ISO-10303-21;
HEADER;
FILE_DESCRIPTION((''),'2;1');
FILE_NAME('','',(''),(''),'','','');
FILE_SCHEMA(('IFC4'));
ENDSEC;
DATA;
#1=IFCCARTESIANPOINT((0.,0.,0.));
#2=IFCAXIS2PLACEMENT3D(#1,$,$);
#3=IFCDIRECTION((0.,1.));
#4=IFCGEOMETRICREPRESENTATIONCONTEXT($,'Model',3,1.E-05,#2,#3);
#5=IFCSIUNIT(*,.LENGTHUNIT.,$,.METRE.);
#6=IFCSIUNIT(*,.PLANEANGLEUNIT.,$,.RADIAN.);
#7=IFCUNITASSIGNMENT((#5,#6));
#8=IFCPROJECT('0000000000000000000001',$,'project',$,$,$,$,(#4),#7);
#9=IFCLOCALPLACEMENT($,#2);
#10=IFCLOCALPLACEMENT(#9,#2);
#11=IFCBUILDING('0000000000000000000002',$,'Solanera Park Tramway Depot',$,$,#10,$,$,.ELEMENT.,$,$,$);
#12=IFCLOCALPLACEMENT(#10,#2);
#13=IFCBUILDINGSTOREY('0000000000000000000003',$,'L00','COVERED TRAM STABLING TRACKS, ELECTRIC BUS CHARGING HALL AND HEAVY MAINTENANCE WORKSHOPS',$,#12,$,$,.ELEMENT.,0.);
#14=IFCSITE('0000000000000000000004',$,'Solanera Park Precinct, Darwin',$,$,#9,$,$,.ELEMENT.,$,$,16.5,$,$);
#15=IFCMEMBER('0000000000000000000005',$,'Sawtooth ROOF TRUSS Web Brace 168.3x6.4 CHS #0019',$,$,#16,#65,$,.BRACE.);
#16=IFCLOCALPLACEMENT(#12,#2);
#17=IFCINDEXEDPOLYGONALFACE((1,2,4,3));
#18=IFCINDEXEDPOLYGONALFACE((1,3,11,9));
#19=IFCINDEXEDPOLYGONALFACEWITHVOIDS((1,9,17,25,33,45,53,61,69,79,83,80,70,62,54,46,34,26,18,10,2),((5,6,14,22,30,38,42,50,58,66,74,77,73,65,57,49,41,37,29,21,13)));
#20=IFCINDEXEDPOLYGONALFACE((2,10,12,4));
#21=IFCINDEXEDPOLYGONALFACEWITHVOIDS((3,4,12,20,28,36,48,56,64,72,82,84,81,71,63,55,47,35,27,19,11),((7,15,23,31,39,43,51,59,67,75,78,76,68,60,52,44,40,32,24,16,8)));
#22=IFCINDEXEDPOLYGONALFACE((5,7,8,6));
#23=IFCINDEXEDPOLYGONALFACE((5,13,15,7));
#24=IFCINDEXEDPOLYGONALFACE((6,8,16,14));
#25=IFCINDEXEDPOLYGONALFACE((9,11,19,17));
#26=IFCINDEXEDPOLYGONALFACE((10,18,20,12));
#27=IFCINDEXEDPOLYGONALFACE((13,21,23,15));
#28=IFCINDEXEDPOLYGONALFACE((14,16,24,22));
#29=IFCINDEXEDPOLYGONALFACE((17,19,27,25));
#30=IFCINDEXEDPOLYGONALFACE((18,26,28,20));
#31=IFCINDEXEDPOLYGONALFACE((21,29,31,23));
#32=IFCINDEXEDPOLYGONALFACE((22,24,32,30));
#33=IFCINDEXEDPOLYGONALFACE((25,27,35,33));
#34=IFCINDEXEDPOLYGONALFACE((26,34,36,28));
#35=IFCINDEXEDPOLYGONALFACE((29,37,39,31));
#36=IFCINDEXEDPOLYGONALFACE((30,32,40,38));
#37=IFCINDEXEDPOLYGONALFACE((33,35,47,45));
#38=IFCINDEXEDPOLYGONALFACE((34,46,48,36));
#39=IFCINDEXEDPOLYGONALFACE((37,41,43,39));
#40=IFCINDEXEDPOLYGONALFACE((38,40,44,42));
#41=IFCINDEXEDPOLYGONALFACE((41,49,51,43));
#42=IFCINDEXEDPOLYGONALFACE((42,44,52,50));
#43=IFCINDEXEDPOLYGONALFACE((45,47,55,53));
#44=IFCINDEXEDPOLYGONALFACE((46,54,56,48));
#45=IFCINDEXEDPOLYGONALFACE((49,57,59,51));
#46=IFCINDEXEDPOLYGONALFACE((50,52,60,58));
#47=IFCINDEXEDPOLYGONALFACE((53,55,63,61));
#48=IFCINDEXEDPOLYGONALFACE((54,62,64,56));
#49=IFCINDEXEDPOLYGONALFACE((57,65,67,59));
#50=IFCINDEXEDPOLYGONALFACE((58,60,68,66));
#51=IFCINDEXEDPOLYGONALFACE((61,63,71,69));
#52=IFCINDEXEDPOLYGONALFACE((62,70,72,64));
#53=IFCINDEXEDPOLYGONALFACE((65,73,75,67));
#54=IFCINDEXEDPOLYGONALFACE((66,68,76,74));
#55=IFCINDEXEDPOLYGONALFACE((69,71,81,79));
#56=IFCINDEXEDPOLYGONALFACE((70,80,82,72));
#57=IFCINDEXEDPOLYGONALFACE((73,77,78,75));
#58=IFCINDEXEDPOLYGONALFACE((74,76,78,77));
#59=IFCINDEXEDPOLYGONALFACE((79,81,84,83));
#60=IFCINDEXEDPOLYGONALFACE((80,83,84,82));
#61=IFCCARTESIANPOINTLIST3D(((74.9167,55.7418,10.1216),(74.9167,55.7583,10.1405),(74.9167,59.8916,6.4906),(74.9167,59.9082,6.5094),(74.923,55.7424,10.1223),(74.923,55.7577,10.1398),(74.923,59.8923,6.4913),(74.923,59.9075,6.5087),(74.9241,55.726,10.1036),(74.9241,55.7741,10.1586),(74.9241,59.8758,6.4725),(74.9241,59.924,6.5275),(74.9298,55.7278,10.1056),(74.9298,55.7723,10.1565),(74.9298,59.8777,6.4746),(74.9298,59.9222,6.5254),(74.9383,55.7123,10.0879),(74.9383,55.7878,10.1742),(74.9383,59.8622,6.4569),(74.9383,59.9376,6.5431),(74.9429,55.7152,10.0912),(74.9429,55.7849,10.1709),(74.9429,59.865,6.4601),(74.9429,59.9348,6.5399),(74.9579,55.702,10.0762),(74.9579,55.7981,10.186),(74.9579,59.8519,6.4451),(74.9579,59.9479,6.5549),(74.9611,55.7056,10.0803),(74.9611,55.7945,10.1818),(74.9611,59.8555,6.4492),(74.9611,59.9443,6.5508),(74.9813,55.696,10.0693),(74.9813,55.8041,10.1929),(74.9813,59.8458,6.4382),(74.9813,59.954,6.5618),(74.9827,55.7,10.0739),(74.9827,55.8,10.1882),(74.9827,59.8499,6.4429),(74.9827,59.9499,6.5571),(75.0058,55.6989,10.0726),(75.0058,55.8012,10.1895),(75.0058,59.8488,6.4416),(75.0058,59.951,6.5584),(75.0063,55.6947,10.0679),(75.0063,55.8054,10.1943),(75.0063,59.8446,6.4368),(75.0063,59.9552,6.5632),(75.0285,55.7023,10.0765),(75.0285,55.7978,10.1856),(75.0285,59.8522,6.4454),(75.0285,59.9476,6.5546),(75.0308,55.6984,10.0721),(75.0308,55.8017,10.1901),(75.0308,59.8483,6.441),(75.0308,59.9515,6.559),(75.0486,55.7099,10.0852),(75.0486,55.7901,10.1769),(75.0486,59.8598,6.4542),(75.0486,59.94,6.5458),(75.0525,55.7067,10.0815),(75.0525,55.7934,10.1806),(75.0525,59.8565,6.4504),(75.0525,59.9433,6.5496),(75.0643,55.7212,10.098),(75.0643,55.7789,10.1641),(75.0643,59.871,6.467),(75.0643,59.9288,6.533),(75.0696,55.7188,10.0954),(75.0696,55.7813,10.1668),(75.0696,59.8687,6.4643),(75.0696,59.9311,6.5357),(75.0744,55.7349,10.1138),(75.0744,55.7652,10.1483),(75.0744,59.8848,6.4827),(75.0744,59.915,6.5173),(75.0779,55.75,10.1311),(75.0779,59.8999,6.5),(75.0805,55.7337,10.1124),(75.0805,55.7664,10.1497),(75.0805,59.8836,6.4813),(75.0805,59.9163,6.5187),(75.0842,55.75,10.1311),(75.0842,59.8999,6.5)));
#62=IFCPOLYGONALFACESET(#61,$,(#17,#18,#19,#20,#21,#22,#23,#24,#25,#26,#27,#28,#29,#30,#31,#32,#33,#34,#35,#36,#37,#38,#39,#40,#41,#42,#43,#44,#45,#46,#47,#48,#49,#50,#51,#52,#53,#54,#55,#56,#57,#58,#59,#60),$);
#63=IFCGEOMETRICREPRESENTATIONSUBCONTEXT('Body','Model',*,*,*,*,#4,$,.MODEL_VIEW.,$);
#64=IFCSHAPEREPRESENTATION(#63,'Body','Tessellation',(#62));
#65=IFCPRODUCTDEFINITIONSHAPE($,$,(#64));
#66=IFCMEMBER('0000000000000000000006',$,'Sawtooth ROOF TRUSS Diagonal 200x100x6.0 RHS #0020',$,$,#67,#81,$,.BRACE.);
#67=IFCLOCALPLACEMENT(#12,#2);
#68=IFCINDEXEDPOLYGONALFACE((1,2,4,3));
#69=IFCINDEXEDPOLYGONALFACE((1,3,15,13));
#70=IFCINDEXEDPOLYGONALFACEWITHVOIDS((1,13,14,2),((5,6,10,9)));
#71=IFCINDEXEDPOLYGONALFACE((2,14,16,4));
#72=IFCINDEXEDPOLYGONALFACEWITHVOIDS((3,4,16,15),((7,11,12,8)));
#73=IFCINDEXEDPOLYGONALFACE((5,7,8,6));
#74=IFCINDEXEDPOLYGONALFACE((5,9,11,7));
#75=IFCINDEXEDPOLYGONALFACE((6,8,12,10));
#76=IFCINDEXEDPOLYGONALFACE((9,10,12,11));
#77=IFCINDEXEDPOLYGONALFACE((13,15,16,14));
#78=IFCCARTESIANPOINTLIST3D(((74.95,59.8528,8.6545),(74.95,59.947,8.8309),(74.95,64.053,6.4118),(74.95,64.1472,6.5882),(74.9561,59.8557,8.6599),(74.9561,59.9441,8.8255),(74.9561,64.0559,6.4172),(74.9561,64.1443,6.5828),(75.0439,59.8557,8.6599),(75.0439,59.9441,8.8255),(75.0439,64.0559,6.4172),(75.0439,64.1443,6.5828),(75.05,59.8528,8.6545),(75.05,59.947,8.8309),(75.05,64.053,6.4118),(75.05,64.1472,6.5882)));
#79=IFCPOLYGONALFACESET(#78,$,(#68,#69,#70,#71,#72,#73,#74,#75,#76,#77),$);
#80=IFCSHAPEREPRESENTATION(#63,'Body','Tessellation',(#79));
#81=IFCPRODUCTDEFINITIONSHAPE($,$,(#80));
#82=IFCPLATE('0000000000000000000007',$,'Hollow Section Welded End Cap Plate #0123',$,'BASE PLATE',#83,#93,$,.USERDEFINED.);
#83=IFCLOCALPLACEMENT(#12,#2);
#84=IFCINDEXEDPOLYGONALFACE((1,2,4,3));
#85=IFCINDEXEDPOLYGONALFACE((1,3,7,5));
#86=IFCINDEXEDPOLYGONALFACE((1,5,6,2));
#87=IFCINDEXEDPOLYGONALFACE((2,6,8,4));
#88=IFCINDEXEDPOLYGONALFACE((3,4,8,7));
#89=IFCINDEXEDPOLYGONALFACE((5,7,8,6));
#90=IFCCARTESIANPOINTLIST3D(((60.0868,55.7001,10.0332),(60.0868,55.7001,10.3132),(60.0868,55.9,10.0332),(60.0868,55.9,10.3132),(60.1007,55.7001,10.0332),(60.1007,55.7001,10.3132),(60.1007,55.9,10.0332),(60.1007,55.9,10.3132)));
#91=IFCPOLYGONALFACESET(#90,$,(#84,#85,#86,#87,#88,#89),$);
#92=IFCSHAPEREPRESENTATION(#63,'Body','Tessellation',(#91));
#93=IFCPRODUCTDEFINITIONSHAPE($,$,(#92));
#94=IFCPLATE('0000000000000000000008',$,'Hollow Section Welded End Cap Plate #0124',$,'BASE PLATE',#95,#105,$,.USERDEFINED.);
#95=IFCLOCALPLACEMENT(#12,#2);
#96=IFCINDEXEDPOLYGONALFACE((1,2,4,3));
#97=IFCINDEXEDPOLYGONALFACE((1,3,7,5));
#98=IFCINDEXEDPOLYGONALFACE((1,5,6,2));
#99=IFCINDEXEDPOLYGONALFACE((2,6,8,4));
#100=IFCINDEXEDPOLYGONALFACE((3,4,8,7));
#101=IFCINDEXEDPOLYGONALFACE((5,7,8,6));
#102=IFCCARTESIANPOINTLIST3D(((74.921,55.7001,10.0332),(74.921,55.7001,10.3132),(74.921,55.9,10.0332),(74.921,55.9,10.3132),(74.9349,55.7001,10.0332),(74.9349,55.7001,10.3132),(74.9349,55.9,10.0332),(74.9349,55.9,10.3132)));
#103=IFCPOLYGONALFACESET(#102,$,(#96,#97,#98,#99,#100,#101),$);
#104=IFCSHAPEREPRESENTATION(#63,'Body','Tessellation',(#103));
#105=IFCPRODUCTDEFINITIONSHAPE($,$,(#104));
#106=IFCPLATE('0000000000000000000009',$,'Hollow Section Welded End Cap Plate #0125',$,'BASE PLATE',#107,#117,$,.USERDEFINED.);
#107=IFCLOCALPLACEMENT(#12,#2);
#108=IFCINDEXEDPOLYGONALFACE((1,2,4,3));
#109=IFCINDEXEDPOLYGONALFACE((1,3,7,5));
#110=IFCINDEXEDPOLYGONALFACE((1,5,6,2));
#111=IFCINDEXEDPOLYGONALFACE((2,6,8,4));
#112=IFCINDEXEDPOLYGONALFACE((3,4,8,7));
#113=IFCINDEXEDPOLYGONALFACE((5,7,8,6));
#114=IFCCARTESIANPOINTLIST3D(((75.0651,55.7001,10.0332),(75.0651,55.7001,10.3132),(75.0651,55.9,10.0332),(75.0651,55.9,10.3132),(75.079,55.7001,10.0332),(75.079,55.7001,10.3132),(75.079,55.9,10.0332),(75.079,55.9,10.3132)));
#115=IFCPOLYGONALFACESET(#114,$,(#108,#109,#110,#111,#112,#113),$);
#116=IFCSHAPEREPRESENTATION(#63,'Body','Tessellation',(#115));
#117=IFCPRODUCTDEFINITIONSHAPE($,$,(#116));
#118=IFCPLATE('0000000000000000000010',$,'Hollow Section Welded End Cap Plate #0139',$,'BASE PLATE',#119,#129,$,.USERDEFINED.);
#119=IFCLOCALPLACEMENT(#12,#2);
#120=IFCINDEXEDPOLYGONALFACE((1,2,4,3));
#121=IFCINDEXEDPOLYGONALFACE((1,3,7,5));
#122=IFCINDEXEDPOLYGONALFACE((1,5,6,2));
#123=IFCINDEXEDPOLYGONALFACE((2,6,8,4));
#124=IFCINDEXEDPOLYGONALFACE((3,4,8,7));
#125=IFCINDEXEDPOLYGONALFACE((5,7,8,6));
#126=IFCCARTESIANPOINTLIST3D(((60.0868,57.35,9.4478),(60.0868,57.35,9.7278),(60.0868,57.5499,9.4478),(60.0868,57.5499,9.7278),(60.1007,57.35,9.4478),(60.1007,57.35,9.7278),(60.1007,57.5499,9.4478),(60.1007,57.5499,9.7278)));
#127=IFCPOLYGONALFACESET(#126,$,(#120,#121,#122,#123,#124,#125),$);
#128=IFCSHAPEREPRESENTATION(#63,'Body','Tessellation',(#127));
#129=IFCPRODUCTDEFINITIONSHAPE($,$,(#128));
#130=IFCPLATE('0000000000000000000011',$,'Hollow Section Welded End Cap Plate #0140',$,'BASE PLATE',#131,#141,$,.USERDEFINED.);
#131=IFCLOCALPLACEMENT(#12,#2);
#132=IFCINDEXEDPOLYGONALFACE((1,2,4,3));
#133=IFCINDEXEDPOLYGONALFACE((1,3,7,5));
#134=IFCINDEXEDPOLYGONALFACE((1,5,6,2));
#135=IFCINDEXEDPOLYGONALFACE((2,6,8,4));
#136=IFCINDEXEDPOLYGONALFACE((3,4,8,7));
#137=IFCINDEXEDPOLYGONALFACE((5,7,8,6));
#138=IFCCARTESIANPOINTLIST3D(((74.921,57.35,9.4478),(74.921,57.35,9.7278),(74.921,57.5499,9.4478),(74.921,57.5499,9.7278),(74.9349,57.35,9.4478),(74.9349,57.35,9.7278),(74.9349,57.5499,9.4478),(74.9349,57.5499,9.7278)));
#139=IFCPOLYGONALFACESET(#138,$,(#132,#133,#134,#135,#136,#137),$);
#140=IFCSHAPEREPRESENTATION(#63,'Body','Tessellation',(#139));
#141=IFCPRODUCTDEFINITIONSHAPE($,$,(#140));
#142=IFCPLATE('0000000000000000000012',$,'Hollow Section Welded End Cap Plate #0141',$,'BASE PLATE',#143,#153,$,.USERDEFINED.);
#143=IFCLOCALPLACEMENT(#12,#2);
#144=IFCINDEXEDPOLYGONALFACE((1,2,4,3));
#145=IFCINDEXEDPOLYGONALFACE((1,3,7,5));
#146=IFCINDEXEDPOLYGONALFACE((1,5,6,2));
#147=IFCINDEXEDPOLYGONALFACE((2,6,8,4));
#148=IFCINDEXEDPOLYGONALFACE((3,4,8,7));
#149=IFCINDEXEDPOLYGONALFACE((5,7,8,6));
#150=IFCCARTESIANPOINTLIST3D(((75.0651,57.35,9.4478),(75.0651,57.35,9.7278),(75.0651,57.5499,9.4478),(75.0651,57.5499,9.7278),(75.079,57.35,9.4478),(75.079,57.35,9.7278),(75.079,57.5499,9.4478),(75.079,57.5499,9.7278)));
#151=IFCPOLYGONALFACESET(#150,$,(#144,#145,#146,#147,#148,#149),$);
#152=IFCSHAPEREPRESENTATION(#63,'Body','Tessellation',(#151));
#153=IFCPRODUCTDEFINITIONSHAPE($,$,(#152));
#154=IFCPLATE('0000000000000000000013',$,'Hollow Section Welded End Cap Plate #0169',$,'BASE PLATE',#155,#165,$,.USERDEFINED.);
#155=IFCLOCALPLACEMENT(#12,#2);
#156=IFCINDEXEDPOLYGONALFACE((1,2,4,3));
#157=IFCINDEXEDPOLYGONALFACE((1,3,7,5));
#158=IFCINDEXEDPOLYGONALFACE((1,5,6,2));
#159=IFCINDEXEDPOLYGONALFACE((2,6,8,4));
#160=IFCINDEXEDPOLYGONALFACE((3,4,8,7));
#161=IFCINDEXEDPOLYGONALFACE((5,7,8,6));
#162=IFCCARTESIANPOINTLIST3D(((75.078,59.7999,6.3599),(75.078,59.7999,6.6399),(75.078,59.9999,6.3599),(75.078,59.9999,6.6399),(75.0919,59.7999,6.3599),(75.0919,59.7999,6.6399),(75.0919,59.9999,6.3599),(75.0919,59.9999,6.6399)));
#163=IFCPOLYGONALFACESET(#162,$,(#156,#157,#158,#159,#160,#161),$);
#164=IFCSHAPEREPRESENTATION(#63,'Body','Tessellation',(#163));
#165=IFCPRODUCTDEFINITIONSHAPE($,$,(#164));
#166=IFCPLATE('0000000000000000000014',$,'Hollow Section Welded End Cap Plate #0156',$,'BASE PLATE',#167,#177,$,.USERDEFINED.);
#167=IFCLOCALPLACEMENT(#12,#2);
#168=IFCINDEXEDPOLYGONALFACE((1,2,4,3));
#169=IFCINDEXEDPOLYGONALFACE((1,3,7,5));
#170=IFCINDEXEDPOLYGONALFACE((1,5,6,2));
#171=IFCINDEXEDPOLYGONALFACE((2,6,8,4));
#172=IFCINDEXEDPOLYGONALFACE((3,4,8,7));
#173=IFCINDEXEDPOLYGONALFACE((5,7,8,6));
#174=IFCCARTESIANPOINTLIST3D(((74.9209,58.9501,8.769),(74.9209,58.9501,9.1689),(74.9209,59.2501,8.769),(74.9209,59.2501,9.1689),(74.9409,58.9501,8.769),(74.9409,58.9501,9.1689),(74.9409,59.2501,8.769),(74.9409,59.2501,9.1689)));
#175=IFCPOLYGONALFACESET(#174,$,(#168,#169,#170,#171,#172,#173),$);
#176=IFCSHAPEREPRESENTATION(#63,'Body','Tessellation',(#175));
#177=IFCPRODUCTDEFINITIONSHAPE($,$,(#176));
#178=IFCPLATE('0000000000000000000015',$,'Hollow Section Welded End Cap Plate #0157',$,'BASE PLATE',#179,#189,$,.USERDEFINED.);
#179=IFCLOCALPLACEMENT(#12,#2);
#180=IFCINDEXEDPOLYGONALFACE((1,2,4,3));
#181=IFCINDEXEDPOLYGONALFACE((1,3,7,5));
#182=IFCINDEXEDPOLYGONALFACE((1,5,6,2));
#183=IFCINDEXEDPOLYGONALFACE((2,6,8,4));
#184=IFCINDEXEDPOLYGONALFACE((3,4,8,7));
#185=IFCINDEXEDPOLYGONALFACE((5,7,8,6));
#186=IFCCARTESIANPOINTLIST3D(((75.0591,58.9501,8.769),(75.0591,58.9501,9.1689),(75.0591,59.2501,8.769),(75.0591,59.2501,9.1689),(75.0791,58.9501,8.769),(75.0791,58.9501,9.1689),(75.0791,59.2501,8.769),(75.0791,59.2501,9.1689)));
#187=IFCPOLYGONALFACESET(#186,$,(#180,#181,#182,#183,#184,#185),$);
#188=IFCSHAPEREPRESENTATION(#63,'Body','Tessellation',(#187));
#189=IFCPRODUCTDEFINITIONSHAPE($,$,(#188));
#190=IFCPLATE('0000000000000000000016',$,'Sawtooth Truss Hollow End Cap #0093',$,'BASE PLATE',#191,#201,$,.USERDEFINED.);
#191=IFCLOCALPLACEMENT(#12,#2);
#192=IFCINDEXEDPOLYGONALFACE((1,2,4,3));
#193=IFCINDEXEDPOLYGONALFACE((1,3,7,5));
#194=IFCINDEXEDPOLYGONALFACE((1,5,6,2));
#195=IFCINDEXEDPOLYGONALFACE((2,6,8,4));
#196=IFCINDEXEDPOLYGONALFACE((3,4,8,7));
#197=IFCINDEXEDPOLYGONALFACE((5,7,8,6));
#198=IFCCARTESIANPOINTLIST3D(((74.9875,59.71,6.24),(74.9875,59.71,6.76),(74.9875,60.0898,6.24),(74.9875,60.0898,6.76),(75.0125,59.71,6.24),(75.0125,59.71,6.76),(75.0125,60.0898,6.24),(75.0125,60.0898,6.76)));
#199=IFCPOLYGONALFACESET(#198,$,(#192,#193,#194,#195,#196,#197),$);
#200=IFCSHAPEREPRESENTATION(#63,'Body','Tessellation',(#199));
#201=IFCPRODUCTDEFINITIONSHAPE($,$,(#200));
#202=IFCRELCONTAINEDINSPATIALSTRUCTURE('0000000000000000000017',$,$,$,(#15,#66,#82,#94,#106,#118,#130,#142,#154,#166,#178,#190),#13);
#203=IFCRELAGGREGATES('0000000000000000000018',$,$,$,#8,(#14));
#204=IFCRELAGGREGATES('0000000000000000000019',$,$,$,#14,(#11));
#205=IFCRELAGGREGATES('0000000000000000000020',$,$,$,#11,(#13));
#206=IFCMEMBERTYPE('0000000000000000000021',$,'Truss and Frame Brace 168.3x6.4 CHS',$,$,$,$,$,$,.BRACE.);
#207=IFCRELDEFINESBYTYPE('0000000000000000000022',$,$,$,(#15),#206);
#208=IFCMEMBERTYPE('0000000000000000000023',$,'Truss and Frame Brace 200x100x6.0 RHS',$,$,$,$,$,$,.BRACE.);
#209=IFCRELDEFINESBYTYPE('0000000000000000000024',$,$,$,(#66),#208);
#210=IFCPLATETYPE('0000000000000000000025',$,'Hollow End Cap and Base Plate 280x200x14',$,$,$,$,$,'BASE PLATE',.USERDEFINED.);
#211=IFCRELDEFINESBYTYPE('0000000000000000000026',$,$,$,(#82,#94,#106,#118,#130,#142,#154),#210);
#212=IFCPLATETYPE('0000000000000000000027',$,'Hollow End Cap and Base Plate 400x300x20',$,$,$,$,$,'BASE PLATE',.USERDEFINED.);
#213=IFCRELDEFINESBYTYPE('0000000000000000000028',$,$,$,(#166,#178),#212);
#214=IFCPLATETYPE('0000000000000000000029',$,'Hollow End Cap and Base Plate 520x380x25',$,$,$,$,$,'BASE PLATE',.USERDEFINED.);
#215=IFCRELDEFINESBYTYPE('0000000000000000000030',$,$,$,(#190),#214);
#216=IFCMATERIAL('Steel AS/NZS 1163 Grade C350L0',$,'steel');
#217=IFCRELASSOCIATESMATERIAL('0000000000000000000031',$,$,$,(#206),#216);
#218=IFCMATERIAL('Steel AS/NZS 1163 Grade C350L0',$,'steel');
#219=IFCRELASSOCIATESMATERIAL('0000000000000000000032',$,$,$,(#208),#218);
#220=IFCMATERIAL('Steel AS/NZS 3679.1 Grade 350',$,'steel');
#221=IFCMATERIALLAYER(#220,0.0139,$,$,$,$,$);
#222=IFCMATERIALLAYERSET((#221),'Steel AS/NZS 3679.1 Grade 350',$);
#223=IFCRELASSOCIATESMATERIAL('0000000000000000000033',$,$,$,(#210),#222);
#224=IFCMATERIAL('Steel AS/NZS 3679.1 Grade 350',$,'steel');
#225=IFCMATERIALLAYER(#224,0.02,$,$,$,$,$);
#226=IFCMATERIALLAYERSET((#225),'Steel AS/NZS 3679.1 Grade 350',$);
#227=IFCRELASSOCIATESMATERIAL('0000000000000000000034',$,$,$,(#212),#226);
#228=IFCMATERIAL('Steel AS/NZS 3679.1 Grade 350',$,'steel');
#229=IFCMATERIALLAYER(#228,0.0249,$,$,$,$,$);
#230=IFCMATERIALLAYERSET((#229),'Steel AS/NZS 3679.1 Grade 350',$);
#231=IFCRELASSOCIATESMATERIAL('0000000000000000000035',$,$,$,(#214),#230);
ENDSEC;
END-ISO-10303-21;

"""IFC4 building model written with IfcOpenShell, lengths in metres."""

from ifc_helpers import new_model, si_unit, direction, frame, origin, origin_2d, place, context, subcontext, project, spatial, rectangle, hollow_rectangle, hollow_circle, extrude, material, layer, layer_set, material_profile, profile_set, type_object, element, save


model = new_model("IFC4")

# Units and contexts
model_context = context("Model", 3, precision=1e-05, world=origin(), true_north=direction((0.0, 1.0)))
body_context = subcontext(model_context, "Body", "Model", "MODEL_VIEW")
ifc_project = project(units=[si_unit("LENGTHUNIT", "METRE"), si_unit("PLANEANGLEUNIT", "RADIAN")], contexts=[model_context])

# Site, building, storey
site_placement = place(None, origin())
site = spatial("IfcSite", under=ifc_project, at=site_placement, Name="Solanera Park Precinct, Darwin", CompositionType="ELEMENT", RefElevation=16.5)
building_placement = place(site_placement, origin())
building = spatial("IfcBuilding", under=site, at=building_placement, Name="Solanera Park Tramway Depot", CompositionType="ELEMENT")
storey_placement = place(building_placement, origin())
storey = spatial("IfcBuildingStorey", under=building, at=storey_placement, Name="L00", Description="COVERED TRAM STABLING TRACKS, ELECTRIC BUS CHARGING HALL AND HEAVY MAINTENANCE WORKSHOPS", CompositionType="ELEMENT", Elevation=0.0)

# Members
ifc_material_1 = material(Name="Steel AS/NZS 1163 Grade C350L0", Category="steel")
ifc_material_profile_1 = material_profile(ifc_material_1, hollow_circle(Radius=0.0842, WallThickness=0.0063, at=origin_2d()), Name="168.3x6.4 CHS")
ifc_profile_set_1 = profile_set([ifc_material_profile_1], Name="Steel AS/NZS 1163 Grade C350L0")
member_type_1 = type_object("IfcMemberType", Name="Truss and Frame Brace 168.3x6.4 CHS", PredefinedType="BRACE", material=ifc_profile_set_1)
member_1_placement = place(storey_placement, frame((75.0, 59.8999, 6.5), z_axis=(0.0, -0.752582, 0.658498), x_axis=(1.0, 0.0, 0.0)))
element("IfcMember", 1, at=member_1_placement, inside=storey, type_object=member_type_1, Name="Sawtooth ROOF TRUSS Web Brace 168.3x6.4 CHS #0019", PredefinedType="BRACE", context=body_context, shape_type="SweptSolid", body=[
    extrude(hollow_circle(Radius=0.0842, WallThickness=0.0063, at=origin_2d()), origin(), (0.0, 0.0, 1.0), 5.5142),
])
ifc_material_2 = material(Name="Steel AS/NZS 1163 Grade C350L0", Category="steel")
ifc_material_profile_2 = material_profile(ifc_material_2, hollow_rectangle(XDim=0.1001, YDim=0.2, WallThickness=0.0061, at=origin_2d()), Name="200x100x6.0 RHS")
ifc_profile_set_2 = profile_set([ifc_material_profile_2], Name="Steel AS/NZS 1163 Grade C350L0")
member_type_2 = type_object("IfcMemberType", Name="Truss and Frame Brace 200x100x6.0 RHS", PredefinedType="BRACE", material=ifc_profile_set_2)
member_2_placement = place(storey_placement, frame((75.0, 64.1001, 6.5), z_axis=(0.0, -0.882129, 0.471009), x_axis=(1.0, 0.0, 0.0)))
element("IfcMember", 2, at=member_2_placement, inside=storey, type_object=member_type_2, Name="Sawtooth ROOF TRUSS Diagonal 200x100x6.0 RHS #0020", PredefinedType="BRACE", context=body_context, shape_type="SweptSolid", body=[
    extrude(hollow_rectangle(XDim=0.1001, YDim=0.2, WallThickness=0.0061, at=origin_2d()), origin(), (0.0, 0.0, 1.0), 4.7615),
])

# Plates
ifc_material_3 = material(Name="Steel AS/NZS 3679.1 Grade 350", Category="steel")
ifc_layer_1 = layer(ifc_material_3, 0.0139)
ifc_layer_set_1 = layer_set([ifc_layer_1], Name="Steel AS/NZS 3679.1 Grade 350")
plate_type_1 = type_object("IfcPlateType", Name="Hollow End Cap and Base Plate 280x200x14", ElementType="BASE PLATE", PredefinedType="USERDEFINED", material=ifc_layer_set_1)
for number, where, z_axis, x_axis, name in (
    (3, (60.0938, 55.8, 10.0332), (0.0, 0.0, 1.0), (1.0, 0.0, 0.0), "Hollow Section Welded End Cap Plate #0123"),
    (4, (74.928, 55.8, 10.0332), (0.0, 0.0, 1.0), (1.0, 0.0, 0.0), "Hollow Section Welded End Cap Plate #0124"),
    (5, (75.072, 55.8, 10.0332), (0.0, 0.0, 1.0), (1.0, 0.0, 0.0), "Hollow Section Welded End Cap Plate #0125"),
    (6, (60.0938, 57.45, 9.4478), (0.0, 0.0, 1.0), (1.0, 0.0, 0.0), "Hollow Section Welded End Cap Plate #0139"),
    (7, (74.928, 57.45, 9.4478), (0.0, 0.0, 1.0), (1.0, 0.0, 0.0), "Hollow Section Welded End Cap Plate #0140"),
    (8, (75.072, 57.45, 9.4478), (0.0, 0.0, 1.0), (1.0, 0.0, 0.0), "Hollow Section Welded End Cap Plate #0141"),
    (9, (75.085, 59.8999, 6.3599), (0.0, 0.0, 1.0), (1.0, 0.0, 0.0), "Hollow Section Welded End Cap Plate #0169"),
):
    element("IfcPlate", number, at=place(storey_placement, frame(where, z_axis=z_axis, x_axis=x_axis)), inside=storey, type_object=plate_type_1, Name=name, ObjectType="BASE PLATE", PredefinedType="USERDEFINED", context=body_context, shape_type="SweptSolid", body=[
        extrude(rectangle(XDim=0.0139, YDim=0.2, at=origin_2d()), origin(), (0.0, 0.0, 1.0), 0.28),
    ])
ifc_material_4 = material(Name="Steel AS/NZS 3679.1 Grade 350", Category="steel")
ifc_layer_2 = layer(ifc_material_4, 0.02)
ifc_layer_set_2 = layer_set([ifc_layer_2], Name="Steel AS/NZS 3679.1 Grade 350")
plate_type_2 = type_object("IfcPlateType", Name="Hollow End Cap and Base Plate 400x300x20", ElementType="BASE PLATE", PredefinedType="USERDEFINED", material=ifc_layer_set_2)
for number, where, z_axis, x_axis, name in (
    (10, (74.9309, 59.1001, 8.769), (0.0, 0.0, 1.0), (1.0, 0.0, 0.0), "Hollow Section Welded End Cap Plate #0156"),
    (11, (75.0691, 59.1001, 8.769), (0.0, 0.0, 1.0), (1.0, 0.0, 0.0), "Hollow Section Welded End Cap Plate #0157"),
):
    element("IfcPlate", number, at=place(storey_placement, frame(where, z_axis=z_axis, x_axis=x_axis)), inside=storey, type_object=plate_type_2, Name=name, ObjectType="BASE PLATE", PredefinedType="USERDEFINED", context=body_context, shape_type="SweptSolid", body=[
        extrude(rectangle(XDim=0.02, YDim=0.3, at=origin_2d()), origin(), (0.0, 0.0, 1.0), 0.3999),
    ])
ifc_material_5 = material(Name="Steel AS/NZS 3679.1 Grade 350", Category="steel")
ifc_layer_3 = layer(ifc_material_5, 0.0249)
ifc_layer_set_3 = layer_set([ifc_layer_3], Name="Steel AS/NZS 3679.1 Grade 350")
plate_type_3 = type_object("IfcPlateType", Name="Hollow End Cap and Base Plate 520x380x25", ElementType="BASE PLATE", PredefinedType="USERDEFINED", material=ifc_layer_set_3)
plate_1_placement = place(storey_placement, frame((75.0, 59.8999, 6.24), z_axis=(0.0, 0.0, 1.0), x_axis=(1.0, 0.0, 0.0)))
element("IfcPlate", 12, at=plate_1_placement, inside=storey, type_object=plate_type_3, Name="Sawtooth Truss Hollow End Cap #0093", ObjectType="BASE PLATE", PredefinedType="USERDEFINED", context=body_context, shape_type="SweptSolid", body=[
    extrude(rectangle(XDim=0.0249, YDim=0.3799, at=origin_2d()), origin(), (0.0, 0.0, 1.0), 0.52),
])

save(model, "model.ifc")
